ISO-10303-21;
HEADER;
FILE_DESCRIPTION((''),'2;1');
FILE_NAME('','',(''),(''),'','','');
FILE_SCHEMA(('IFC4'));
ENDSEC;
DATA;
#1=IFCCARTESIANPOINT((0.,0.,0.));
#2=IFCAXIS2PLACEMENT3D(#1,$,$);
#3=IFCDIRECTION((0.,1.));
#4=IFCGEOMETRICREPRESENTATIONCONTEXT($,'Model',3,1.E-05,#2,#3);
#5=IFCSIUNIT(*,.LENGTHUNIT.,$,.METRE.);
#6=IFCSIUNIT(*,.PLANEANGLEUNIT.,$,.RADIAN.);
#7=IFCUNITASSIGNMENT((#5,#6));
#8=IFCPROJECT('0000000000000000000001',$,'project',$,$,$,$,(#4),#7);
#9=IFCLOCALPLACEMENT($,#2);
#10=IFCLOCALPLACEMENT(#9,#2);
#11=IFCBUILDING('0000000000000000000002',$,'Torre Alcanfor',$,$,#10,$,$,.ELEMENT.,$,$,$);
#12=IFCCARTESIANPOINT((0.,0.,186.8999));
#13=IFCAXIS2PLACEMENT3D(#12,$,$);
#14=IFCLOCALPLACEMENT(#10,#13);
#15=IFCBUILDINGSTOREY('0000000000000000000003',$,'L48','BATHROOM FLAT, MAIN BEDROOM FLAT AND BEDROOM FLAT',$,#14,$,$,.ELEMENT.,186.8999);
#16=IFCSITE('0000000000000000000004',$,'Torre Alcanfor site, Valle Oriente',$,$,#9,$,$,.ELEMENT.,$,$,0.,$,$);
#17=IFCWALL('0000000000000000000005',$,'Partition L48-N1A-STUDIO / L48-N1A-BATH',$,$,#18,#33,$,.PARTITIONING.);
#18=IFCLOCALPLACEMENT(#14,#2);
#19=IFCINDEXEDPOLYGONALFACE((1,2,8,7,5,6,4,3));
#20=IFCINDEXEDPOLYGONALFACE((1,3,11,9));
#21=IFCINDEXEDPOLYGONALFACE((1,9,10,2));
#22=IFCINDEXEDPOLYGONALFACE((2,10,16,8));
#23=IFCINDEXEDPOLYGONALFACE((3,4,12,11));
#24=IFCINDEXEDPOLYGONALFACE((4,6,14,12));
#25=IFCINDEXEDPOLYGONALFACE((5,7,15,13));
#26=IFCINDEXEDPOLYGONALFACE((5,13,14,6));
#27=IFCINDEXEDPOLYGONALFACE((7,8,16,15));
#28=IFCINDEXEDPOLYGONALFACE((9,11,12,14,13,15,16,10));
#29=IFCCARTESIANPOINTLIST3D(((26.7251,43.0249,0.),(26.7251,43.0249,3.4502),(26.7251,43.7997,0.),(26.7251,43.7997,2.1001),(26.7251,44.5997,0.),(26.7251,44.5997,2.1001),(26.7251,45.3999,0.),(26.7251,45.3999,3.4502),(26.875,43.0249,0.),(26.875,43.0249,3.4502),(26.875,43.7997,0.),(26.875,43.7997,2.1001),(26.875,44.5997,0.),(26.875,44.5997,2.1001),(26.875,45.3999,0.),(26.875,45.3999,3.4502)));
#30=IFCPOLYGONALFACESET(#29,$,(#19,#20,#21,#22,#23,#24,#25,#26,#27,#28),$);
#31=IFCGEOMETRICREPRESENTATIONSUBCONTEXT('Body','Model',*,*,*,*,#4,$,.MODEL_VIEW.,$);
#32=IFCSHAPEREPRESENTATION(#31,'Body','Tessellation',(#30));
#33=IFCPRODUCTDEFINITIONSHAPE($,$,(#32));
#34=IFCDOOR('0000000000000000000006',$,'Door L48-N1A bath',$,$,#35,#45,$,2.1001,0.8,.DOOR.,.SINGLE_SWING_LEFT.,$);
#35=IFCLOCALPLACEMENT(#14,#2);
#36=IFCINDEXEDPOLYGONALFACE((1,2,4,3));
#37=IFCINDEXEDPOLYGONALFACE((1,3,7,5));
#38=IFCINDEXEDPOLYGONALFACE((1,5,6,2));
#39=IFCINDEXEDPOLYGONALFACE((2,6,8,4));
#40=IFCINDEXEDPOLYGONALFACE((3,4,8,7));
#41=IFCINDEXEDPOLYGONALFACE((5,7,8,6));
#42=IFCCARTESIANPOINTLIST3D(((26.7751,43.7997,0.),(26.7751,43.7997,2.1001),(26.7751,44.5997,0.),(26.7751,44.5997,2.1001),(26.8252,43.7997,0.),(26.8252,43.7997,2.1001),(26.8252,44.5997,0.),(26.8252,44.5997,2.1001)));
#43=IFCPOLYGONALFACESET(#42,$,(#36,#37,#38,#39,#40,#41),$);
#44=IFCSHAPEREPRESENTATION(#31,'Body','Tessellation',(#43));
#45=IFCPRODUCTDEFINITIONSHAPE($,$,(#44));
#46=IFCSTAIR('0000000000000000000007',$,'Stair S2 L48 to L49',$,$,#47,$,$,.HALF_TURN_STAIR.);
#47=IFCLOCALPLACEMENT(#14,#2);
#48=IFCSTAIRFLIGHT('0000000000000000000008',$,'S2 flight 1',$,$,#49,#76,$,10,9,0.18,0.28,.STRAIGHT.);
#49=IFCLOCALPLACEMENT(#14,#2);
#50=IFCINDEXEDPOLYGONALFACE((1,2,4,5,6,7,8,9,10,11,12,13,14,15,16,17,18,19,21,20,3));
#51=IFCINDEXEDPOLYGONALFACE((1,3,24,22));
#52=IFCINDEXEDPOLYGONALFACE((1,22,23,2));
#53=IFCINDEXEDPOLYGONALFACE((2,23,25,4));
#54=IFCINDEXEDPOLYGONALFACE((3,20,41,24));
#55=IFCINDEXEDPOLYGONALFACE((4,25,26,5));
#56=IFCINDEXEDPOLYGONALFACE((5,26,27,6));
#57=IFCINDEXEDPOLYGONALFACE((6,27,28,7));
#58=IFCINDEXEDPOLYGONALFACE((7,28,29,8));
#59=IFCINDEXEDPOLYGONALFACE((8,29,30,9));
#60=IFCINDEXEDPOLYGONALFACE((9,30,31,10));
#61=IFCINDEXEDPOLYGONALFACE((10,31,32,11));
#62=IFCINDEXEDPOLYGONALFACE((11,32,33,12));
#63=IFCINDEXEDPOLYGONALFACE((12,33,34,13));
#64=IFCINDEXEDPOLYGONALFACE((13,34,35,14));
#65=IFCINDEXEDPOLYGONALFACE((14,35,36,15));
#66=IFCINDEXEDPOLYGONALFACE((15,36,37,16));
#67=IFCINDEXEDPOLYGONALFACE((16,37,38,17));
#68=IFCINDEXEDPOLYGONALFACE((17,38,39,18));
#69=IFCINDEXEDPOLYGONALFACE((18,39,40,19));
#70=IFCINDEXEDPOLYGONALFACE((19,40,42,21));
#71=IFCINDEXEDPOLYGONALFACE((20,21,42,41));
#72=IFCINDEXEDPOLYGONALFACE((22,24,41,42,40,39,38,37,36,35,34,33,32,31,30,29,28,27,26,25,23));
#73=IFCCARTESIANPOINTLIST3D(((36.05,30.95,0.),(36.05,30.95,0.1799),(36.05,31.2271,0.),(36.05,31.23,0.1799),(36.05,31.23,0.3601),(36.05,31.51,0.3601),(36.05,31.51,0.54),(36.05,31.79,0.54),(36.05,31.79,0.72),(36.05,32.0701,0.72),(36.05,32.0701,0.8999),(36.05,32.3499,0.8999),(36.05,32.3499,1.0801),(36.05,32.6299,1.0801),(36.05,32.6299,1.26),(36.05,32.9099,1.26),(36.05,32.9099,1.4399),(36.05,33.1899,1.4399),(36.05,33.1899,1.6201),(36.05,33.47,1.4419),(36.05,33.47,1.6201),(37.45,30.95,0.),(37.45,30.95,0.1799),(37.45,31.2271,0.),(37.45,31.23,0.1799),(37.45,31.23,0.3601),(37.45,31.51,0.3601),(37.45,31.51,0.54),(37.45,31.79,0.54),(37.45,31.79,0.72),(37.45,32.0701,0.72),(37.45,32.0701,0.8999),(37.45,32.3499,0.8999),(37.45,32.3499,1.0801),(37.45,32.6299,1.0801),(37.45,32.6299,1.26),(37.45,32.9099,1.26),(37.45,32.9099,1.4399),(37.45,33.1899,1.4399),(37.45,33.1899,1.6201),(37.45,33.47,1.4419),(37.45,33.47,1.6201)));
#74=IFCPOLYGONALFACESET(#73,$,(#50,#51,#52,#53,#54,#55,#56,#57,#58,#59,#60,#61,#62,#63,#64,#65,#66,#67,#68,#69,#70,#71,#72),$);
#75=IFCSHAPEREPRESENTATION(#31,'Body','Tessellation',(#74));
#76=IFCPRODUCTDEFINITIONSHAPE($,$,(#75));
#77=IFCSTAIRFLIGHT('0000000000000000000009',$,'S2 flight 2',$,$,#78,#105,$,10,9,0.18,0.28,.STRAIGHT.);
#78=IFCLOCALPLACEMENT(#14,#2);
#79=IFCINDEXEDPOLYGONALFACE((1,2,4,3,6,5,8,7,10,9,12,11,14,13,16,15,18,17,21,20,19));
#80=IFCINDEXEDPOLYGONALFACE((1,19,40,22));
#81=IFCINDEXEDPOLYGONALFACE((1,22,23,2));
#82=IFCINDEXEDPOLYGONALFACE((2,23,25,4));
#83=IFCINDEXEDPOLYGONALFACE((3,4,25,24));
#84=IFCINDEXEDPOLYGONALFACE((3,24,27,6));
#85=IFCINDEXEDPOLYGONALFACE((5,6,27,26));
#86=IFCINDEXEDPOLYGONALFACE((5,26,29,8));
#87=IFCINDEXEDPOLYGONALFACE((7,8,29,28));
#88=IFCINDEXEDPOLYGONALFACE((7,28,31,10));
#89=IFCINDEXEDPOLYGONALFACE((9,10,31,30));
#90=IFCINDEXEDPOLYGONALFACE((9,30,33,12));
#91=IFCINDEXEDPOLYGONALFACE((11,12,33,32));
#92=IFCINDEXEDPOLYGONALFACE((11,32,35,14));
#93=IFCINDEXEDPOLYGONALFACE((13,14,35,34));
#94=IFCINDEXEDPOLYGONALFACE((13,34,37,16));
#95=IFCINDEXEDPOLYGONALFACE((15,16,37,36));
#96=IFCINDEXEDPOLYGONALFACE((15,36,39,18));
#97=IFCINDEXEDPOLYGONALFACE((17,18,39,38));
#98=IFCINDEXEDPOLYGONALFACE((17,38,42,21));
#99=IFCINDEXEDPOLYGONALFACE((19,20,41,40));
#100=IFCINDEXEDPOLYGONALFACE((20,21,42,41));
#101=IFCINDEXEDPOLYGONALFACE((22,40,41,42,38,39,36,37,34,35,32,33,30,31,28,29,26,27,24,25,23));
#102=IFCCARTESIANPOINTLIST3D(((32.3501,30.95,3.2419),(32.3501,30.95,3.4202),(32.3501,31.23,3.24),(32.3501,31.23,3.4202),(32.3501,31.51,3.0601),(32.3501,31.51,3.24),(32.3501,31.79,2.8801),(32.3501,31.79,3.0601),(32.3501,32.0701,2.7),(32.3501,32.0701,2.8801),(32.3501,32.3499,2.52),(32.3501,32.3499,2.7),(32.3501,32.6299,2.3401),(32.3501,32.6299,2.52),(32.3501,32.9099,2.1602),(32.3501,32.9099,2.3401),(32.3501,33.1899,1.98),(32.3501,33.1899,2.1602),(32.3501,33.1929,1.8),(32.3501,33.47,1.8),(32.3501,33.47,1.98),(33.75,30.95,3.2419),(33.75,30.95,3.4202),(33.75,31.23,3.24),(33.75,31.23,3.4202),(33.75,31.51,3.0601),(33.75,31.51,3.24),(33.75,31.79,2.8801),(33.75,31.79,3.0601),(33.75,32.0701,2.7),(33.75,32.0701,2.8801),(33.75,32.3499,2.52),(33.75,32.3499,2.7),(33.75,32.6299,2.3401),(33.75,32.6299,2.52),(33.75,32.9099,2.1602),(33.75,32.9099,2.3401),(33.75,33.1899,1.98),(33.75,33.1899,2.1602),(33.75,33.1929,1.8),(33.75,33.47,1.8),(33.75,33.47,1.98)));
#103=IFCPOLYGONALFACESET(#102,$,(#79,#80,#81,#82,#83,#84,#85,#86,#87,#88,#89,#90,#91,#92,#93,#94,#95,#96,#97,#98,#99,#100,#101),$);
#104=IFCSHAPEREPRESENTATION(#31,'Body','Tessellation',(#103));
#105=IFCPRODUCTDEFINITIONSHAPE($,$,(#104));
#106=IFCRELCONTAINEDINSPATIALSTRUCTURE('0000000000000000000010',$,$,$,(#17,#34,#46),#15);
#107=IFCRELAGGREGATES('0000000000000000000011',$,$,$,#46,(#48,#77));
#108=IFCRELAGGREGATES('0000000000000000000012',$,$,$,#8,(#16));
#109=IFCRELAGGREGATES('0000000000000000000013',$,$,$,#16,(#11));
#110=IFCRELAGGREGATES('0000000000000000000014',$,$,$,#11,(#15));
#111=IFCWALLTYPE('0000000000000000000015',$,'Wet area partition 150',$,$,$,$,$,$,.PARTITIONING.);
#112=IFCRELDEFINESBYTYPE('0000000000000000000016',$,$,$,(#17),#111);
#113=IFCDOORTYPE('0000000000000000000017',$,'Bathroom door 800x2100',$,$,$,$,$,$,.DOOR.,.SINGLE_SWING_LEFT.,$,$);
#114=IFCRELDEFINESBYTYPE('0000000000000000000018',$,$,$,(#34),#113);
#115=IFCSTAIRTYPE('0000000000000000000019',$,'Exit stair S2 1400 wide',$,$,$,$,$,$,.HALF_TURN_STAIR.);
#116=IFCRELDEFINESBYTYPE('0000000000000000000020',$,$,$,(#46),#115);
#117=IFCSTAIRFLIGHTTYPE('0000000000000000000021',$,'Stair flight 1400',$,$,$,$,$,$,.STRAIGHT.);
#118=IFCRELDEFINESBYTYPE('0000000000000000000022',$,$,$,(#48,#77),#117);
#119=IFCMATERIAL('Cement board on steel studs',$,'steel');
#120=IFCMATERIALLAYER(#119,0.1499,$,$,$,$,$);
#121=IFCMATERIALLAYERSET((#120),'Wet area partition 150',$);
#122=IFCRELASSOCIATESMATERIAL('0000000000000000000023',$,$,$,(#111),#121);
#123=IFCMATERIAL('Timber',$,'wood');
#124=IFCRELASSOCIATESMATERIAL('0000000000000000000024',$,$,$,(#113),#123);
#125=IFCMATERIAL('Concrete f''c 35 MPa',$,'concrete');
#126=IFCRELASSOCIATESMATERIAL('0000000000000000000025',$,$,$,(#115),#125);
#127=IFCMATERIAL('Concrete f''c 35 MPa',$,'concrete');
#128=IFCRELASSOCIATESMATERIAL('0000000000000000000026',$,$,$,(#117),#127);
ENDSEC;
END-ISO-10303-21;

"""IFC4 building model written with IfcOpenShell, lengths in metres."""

from ifc_helpers import new_model, si_unit, direction, frame, frame_2d, origin, place, context, subcontext, project, spatial, polyline, rectangle, outline, extrude, material, layer, layer_set, type_object, element, fill, aggregate, save


model = new_model("IFC4")

# Units and contexts
model_context = context("Model", 3, precision=1e-05, world=origin(), true_north=direction((0.0, 1.0)))
body_context = subcontext(model_context, "Body", "Model", "MODEL_VIEW")
ifc_project = project(units=[si_unit("LENGTHUNIT", "METRE"), si_unit("PLANEANGLEUNIT", "RADIAN")], contexts=[model_context])

# Site, building, storey
site_placement = place(None, origin())
site = spatial("IfcSite", under=ifc_project, at=site_placement, Name="Torre Alcanfor site, Valle Oriente", CompositionType="ELEMENT", RefElevation=0.0)
building_placement = place(site_placement, origin())
building = spatial("IfcBuilding", under=site, at=building_placement, Name="Torre Alcanfor", CompositionType="ELEMENT")
storey_placement = place(building_placement, frame((0.0, 0.0, 186.8999)))
storey = spatial("IfcBuildingStorey", under=building, at=storey_placement, Name="L48", Description="BATHROOM FLAT, MAIN BEDROOM FLAT AND BEDROOM FLAT", CompositionType="ELEMENT", Elevation=186.8999)

# Wall, opening, door
ifc_material_1 = material(Name="Cement board on steel studs", Category="steel")
ifc_layer_1 = layer(ifc_material_1, 0.1499)
ifc_layer_set_1 = layer_set([ifc_layer_1], Name="Wet area partition 150")
wall_type_1 = type_object("IfcWallType", Name="Wet area partition 150", PredefinedType="PARTITIONING", material=ifc_layer_set_1)
wall_1_placement = place(storey_placement, frame((26.8, 43.0249, 0.0), z_axis=(0.0, 0.0, 1.0), x_axis=(0.0, 1.0, 0.0)))
wall_1 = element("IfcWall", 1, at=wall_1_placement, inside=storey, type_object=wall_type_1, Name="Partition L48-N1A-STUDIO / L48-N1A-BATH", PredefinedType="PARTITIONING", context=body_context, shape_type="SweptSolid", body=[
    extrude(rectangle(XDim=2.375, YDim=0.1499, at=frame_2d((1.1875, 0.0))), origin(), (0.0, 0.0, 1.0), 3.4502),
])
opening_1_placement = place(wall_1_placement, frame((0.7749, 0.0, 0.0)))
opening_1 = element("IfcOpeningElement", 2, at=opening_1_placement, cuts=wall_1, PredefinedType="OPENING", context=body_context, shape_type="SweptSolid", body=[
    extrude(rectangle(XDim=0.8, YDim=2.1001, at=frame_2d((0.3999, 1.05))), frame((0.0, 0.085, 0.0), z_axis=(0.0, -1.0, 0.0), x_axis=(1.0, 0.0, 0.0)), (0.0, 0.0, 1.0), 0.1699),
])
ifc_material_2 = material(Name="Timber", Category="wood")
door_type_1 = type_object("IfcDoorType", Name="Bathroom door 800x2100", OperationType="SINGLE_SWING_LEFT", PredefinedType="DOOR", material=ifc_material_2)
door_1_placement = place(opening_1_placement, origin())
door_1 = element("IfcDoor", 3, at=door_1_placement, inside=storey, type_object=door_type_1, Name="Door L48-N1A bath", OperationType="SINGLE_SWING_LEFT", OverallHeight=2.1001, OverallWidth=0.8, PredefinedType="DOOR", context=body_context, shape_type="SweptSolid", body=[
    extrude(rectangle(XDim=0.8, YDim=2.1001, at=frame_2d((0.3999, 1.05))), frame((0.0, 0.0249, 0.0), z_axis=(0.0, -1.0, 0.0), x_axis=(1.0, 0.0, 0.0)), (0.0, 0.0, 1.0), 0.05),
])
fill(opening_1, door_1)

# Stair, stair flights
ifc_material_3 = material(Name="Concrete f'c 35 MPa", Category="concrete")
stair_type = type_object("IfcStairType", Name="Exit stair S2 1400 wide", PredefinedType="HALF_TURN_STAIR", material=ifc_material_3)
stair_placement = place(storey_placement, origin())
stair = element("IfcStair", 4, at=stair_placement, inside=storey, type_object=stair_type, Name="Stair S2 L48 to L49", PredefinedType="HALF_TURN_STAIR")
ifc_material_4 = material(Name="Concrete f'c 35 MPa", Category="concrete")
stair_flight_type = type_object("IfcStairFlightType", Name="Stair flight 1400", PredefinedType="STRAIGHT", material=ifc_material_4)
stair_flight_1_placement = place(storey_placement, frame((36.75, 30.95, 0.0), z_axis=(0.0, 0.0, 1.0), x_axis=(0.0, 1.0, 0.0)))
stair_flight_1 = element("IfcStairFlight", 5, at=stair_flight_1_placement, type_object=stair_flight_type, Name="S2 flight 1", NumberOfRisers=10, NumberOfTreads=9, PredefinedType="STRAIGHT", RiserHeight=0.18, TreadLength=0.28, context=body_context, shape_type="SweptSolid", body=[
    extrude(outline(polyline([(0.0, 0.0), (0.0, 0.1799), (0.28, 0.1799), (0.28, 0.3601), (0.5601, 0.3601), (0.5601, 0.54), (0.8401, 0.54), (0.8401, 0.72), (1.1201, 0.72), (1.1201, 0.8999), (1.3999, 0.8999), (1.3999, 1.0801), (1.6799, 1.0801), (1.6799, 1.26), (1.96, 1.26), (1.96, 1.4399), (2.24, 1.4399), (2.24, 1.6201), (2.52, 1.6201), (2.52, 1.8), (2.52, 1.4419), (0.2771, 0.0), (0.0, 0.0)])), frame((0.0, 0.7, 0.0), z_axis=(0.0, -1.0, 0.0), x_axis=(1.0, 0.0, 0.0)), (0.0, 0.0, 1.0), 1.3999),
])
stair_flight_2_placement = place(storey_placement, frame((33.05, 33.47, 1.8), z_axis=(0.0, 0.0, 1.0), x_axis=(0.0, -1.0, 0.0)))
stair_flight_2 = element("IfcStairFlight", 6, at=stair_flight_2_placement, type_object=stair_flight_type, Name="S2 flight 2", NumberOfRisers=10, NumberOfTreads=9, PredefinedType="STRAIGHT", RiserHeight=0.18, TreadLength=0.28, context=body_context, shape_type="SweptSolid", body=[
    extrude(outline(polyline([(0.0, 0.0), (0.0, 0.1799), (0.28, 0.1799), (0.28, 0.3601), (0.5601, 0.3601), (0.5601, 0.54), (0.8401, 0.54), (0.8401, 0.72), (1.1201, 0.72), (1.1201, 0.8999), (1.3999, 0.8999), (1.3999, 1.0801), (1.6799, 1.0801), (1.6799, 1.26), (1.96, 1.26), (1.96, 1.4399), (2.24, 1.4399), (2.24, 1.6201), (2.52, 1.6201), (2.52, 1.8), (2.52, 1.4419), (0.2771, 0.0), (0.0, 0.0)])), frame((0.0, 0.7, 0.0), z_axis=(0.0, -1.0, 0.0), x_axis=(1.0, 0.0, 0.0)), (0.0, 0.0, 1.0), 1.3999),
])
aggregate(stair, [stair_flight_1, stair_flight_2])

save(model, "model.ifc")
